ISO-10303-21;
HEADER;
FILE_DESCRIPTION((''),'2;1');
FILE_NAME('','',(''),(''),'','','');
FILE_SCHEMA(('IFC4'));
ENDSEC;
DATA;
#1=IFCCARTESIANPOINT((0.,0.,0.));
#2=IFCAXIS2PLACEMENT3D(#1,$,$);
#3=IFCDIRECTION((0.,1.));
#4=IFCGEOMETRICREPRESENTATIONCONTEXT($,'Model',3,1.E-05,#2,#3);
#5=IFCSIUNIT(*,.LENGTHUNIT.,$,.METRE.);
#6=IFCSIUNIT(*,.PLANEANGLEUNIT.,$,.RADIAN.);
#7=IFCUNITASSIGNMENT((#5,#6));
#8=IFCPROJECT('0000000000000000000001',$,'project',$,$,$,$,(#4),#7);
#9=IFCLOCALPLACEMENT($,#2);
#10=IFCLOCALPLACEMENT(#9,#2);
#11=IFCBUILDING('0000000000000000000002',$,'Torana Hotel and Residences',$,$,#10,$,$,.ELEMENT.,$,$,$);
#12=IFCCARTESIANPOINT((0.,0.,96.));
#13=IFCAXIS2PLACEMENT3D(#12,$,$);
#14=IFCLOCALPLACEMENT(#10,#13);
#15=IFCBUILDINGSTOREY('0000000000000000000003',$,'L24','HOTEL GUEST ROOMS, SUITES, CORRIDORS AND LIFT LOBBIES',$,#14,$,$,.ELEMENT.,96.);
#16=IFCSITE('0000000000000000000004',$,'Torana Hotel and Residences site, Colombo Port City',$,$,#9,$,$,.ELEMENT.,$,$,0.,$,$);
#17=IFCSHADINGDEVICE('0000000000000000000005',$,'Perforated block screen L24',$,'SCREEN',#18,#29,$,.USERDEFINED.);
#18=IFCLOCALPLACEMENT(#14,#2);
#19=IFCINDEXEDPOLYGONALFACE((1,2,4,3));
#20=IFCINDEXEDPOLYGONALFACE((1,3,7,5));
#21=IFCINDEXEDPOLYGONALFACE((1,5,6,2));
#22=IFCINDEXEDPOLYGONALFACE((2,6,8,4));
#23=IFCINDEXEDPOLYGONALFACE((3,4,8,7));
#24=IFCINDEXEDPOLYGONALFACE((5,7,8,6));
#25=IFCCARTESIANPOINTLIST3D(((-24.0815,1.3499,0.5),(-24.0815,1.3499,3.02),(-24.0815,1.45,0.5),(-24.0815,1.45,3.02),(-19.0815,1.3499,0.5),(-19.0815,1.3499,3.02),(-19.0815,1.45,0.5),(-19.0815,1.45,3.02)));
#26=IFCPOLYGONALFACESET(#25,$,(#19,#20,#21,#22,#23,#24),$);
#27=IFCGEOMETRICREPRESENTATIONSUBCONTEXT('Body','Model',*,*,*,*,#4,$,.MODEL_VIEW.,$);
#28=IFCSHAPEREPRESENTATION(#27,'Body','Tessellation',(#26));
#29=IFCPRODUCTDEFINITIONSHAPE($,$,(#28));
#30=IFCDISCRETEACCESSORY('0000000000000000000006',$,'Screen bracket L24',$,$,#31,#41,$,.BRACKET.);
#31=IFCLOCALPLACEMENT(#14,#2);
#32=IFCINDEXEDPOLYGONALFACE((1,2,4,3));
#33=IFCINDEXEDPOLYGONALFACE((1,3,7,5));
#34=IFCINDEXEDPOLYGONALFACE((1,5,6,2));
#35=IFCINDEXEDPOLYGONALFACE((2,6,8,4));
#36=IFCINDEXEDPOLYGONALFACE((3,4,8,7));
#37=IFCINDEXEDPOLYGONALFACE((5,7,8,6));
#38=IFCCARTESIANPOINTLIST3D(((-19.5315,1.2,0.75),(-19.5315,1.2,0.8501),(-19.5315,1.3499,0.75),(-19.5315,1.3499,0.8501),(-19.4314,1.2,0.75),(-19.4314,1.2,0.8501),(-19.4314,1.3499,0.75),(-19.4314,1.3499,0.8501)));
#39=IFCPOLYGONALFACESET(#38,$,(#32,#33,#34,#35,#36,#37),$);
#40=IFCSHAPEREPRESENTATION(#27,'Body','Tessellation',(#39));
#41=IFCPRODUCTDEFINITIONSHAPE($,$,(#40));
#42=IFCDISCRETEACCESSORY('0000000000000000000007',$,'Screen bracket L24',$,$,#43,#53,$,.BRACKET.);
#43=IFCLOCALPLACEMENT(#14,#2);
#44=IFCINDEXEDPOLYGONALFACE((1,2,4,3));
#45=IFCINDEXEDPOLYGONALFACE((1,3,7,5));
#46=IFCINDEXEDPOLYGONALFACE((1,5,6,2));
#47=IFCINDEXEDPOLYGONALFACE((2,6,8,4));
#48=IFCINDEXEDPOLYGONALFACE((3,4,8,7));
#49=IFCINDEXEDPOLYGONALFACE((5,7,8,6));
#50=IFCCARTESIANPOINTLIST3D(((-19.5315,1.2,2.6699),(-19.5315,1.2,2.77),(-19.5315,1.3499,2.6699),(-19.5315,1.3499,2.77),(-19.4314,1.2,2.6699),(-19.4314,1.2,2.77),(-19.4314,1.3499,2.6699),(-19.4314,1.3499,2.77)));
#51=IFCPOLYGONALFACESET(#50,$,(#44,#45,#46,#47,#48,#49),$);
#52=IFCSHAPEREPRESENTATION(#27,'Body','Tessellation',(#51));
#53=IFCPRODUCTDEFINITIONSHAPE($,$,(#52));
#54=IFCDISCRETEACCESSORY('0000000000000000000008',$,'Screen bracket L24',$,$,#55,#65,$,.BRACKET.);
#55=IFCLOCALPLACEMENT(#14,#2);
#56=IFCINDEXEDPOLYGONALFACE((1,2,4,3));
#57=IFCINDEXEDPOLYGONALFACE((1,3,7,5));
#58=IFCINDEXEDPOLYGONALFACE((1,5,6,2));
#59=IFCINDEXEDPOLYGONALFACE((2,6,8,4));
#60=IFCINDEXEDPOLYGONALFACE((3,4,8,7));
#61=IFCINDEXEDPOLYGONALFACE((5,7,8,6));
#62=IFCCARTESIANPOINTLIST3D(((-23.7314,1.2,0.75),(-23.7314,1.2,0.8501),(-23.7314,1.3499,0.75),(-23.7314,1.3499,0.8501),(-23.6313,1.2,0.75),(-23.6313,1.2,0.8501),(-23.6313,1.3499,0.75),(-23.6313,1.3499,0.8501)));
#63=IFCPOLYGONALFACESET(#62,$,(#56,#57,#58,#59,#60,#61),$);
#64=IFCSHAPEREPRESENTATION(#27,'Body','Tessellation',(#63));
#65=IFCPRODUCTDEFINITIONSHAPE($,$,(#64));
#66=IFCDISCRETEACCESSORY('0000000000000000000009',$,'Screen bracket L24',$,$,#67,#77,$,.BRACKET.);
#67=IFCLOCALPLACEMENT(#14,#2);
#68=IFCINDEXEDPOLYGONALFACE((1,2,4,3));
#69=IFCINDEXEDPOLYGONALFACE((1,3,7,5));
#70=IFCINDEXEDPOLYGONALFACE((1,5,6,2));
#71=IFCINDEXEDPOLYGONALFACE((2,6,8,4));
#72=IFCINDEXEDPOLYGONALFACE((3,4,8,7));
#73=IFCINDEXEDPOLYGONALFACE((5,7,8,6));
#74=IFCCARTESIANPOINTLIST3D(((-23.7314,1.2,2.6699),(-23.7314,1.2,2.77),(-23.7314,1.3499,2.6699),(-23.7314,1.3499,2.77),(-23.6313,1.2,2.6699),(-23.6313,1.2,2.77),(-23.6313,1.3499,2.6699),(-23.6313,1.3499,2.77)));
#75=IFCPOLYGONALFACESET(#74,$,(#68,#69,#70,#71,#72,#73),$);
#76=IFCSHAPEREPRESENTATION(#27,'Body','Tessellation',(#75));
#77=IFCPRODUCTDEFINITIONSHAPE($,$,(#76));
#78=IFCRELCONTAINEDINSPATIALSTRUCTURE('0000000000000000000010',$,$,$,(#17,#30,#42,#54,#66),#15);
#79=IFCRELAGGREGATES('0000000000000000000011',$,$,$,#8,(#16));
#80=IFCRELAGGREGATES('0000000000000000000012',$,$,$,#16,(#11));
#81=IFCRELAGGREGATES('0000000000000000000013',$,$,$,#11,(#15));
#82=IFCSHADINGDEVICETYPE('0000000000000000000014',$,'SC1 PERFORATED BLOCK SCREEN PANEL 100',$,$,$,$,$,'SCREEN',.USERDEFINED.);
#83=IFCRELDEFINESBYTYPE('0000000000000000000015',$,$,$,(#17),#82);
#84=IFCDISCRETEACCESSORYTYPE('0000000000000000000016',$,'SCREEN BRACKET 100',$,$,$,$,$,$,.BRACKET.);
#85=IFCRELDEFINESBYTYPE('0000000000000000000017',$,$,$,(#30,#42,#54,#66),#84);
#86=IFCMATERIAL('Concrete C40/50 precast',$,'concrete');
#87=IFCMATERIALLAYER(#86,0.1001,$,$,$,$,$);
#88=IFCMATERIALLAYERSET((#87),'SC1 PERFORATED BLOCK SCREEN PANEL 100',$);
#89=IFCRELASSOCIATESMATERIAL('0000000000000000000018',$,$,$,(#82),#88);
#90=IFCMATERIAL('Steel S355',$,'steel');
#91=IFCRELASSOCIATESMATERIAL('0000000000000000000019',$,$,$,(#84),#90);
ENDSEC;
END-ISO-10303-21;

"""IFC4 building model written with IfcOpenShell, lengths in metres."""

from ifc_helpers import new_model, si_unit, direction, frame, origin, origin_2d, place, context, subcontext, project, spatial, rectangle, extrude, material, layer, layer_set, type_object, element, save


model = new_model("IFC4")

# Units and contexts
model_context = context("Model", 3, precision=1e-05, world=origin(), true_north=direction((0.0, 1.0)))
body_context = subcontext(model_context, "Body", "Model", "MODEL_VIEW")
ifc_project = project(units=[si_unit("LENGTHUNIT", "METRE"), si_unit("PLANEANGLEUNIT", "RADIAN")], contexts=[model_context])

# Site, building, storey
site_placement = place(None, origin())
site = spatial("IfcSite", under=ifc_project, at=site_placement, Name="Torana Hotel and Residences site, Colombo Port City", CompositionType="ELEMENT", RefElevation=0.0)
building_placement = place(site_placement, origin())
building = spatial("IfcBuilding", under=site, at=building_placement, Name="Torana Hotel and Residences", CompositionType="ELEMENT")
storey_placement = place(building_placement, frame((0.0, 0.0, 96.0)))
storey = spatial("IfcBuildingStorey", under=building, at=storey_placement, Name="L24", Description="HOTEL GUEST ROOMS, SUITES, CORRIDORS AND LIFT LOBBIES", CompositionType="ELEMENT", Elevation=96.0)

# Shading device
ifc_material_1 = material(Name="Concrete C40/50 precast", Category="concrete")
ifc_layer_1 = layer(ifc_material_1, 0.1001)
ifc_layer_set_1 = layer_set([ifc_layer_1], Name="SC1 PERFORATED BLOCK SCREEN PANEL 100")
shading_device_type = type_object("IfcShadingDeviceType", Name="SC1 PERFORATED BLOCK SCREEN PANEL 100", ElementType="SCREEN", PredefinedType="USERDEFINED", material=ifc_layer_set_1)
shading_device_placement = place(storey_placement, frame((-21.5815, 1.3999, 0.5), z_axis=(0.0, 0.0, 1.0), x_axis=(-1.0, 0.0, 0.0)))
element("IfcShadingDevice", 1, at=shading_device_placement, inside=storey, type_object=shading_device_type, Name="Perforated block screen L24", ObjectType="SCREEN", PredefinedType="USERDEFINED", context=body_context, shape_type="SweptSolid", body=[
    extrude(rectangle(XDim=5.0, YDim=0.1001, at=origin_2d()), origin(), (0.0, 0.0, 1.0), 2.52),
])

# Discrete accessories
ifc_material_2 = material(Name="Steel S355", Category="steel")
discrete_accessory_type = type_object("IfcDiscreteAccessoryType", Name="SCREEN BRACKET 100", PredefinedType="BRACKET", material=ifc_material_2)
for number, where, z_axis, x_axis, name in (
    (2, (-19.4814, 1.2749, 0.75), (0.0, 0.0, 1.0), (-1.0, 0.0, 0.0), "Screen bracket L24"),
    (3, (-19.4814, 1.2749, 2.6699), (0.0, 0.0, 1.0), (-1.0, 0.0, 0.0), "Screen bracket L24"),
    (4, (-23.6814, 1.2749, 0.75), (0.0, 0.0, 1.0), (-1.0, 0.0, 0.0), "Screen bracket L24"),
    (5, (-23.6814, 1.2749, 2.6699), (0.0, 0.0, 1.0), (-1.0, 0.0, 0.0), "Screen bracket L24"),
):
    element("IfcDiscreteAccessory", number, at=place(storey_placement, frame(where, z_axis=z_axis, x_axis=x_axis)), inside=storey, type_object=discrete_accessory_type, Name=name, PredefinedType="BRACKET", context=body_context, shape_type="SweptSolid", body=[
        extrude(rectangle(XDim=0.1001, YDim=0.1499, at=origin_2d()), origin(), (0.0, 0.0, 1.0), 0.1001),
    ])

save(model, "model.ifc")
